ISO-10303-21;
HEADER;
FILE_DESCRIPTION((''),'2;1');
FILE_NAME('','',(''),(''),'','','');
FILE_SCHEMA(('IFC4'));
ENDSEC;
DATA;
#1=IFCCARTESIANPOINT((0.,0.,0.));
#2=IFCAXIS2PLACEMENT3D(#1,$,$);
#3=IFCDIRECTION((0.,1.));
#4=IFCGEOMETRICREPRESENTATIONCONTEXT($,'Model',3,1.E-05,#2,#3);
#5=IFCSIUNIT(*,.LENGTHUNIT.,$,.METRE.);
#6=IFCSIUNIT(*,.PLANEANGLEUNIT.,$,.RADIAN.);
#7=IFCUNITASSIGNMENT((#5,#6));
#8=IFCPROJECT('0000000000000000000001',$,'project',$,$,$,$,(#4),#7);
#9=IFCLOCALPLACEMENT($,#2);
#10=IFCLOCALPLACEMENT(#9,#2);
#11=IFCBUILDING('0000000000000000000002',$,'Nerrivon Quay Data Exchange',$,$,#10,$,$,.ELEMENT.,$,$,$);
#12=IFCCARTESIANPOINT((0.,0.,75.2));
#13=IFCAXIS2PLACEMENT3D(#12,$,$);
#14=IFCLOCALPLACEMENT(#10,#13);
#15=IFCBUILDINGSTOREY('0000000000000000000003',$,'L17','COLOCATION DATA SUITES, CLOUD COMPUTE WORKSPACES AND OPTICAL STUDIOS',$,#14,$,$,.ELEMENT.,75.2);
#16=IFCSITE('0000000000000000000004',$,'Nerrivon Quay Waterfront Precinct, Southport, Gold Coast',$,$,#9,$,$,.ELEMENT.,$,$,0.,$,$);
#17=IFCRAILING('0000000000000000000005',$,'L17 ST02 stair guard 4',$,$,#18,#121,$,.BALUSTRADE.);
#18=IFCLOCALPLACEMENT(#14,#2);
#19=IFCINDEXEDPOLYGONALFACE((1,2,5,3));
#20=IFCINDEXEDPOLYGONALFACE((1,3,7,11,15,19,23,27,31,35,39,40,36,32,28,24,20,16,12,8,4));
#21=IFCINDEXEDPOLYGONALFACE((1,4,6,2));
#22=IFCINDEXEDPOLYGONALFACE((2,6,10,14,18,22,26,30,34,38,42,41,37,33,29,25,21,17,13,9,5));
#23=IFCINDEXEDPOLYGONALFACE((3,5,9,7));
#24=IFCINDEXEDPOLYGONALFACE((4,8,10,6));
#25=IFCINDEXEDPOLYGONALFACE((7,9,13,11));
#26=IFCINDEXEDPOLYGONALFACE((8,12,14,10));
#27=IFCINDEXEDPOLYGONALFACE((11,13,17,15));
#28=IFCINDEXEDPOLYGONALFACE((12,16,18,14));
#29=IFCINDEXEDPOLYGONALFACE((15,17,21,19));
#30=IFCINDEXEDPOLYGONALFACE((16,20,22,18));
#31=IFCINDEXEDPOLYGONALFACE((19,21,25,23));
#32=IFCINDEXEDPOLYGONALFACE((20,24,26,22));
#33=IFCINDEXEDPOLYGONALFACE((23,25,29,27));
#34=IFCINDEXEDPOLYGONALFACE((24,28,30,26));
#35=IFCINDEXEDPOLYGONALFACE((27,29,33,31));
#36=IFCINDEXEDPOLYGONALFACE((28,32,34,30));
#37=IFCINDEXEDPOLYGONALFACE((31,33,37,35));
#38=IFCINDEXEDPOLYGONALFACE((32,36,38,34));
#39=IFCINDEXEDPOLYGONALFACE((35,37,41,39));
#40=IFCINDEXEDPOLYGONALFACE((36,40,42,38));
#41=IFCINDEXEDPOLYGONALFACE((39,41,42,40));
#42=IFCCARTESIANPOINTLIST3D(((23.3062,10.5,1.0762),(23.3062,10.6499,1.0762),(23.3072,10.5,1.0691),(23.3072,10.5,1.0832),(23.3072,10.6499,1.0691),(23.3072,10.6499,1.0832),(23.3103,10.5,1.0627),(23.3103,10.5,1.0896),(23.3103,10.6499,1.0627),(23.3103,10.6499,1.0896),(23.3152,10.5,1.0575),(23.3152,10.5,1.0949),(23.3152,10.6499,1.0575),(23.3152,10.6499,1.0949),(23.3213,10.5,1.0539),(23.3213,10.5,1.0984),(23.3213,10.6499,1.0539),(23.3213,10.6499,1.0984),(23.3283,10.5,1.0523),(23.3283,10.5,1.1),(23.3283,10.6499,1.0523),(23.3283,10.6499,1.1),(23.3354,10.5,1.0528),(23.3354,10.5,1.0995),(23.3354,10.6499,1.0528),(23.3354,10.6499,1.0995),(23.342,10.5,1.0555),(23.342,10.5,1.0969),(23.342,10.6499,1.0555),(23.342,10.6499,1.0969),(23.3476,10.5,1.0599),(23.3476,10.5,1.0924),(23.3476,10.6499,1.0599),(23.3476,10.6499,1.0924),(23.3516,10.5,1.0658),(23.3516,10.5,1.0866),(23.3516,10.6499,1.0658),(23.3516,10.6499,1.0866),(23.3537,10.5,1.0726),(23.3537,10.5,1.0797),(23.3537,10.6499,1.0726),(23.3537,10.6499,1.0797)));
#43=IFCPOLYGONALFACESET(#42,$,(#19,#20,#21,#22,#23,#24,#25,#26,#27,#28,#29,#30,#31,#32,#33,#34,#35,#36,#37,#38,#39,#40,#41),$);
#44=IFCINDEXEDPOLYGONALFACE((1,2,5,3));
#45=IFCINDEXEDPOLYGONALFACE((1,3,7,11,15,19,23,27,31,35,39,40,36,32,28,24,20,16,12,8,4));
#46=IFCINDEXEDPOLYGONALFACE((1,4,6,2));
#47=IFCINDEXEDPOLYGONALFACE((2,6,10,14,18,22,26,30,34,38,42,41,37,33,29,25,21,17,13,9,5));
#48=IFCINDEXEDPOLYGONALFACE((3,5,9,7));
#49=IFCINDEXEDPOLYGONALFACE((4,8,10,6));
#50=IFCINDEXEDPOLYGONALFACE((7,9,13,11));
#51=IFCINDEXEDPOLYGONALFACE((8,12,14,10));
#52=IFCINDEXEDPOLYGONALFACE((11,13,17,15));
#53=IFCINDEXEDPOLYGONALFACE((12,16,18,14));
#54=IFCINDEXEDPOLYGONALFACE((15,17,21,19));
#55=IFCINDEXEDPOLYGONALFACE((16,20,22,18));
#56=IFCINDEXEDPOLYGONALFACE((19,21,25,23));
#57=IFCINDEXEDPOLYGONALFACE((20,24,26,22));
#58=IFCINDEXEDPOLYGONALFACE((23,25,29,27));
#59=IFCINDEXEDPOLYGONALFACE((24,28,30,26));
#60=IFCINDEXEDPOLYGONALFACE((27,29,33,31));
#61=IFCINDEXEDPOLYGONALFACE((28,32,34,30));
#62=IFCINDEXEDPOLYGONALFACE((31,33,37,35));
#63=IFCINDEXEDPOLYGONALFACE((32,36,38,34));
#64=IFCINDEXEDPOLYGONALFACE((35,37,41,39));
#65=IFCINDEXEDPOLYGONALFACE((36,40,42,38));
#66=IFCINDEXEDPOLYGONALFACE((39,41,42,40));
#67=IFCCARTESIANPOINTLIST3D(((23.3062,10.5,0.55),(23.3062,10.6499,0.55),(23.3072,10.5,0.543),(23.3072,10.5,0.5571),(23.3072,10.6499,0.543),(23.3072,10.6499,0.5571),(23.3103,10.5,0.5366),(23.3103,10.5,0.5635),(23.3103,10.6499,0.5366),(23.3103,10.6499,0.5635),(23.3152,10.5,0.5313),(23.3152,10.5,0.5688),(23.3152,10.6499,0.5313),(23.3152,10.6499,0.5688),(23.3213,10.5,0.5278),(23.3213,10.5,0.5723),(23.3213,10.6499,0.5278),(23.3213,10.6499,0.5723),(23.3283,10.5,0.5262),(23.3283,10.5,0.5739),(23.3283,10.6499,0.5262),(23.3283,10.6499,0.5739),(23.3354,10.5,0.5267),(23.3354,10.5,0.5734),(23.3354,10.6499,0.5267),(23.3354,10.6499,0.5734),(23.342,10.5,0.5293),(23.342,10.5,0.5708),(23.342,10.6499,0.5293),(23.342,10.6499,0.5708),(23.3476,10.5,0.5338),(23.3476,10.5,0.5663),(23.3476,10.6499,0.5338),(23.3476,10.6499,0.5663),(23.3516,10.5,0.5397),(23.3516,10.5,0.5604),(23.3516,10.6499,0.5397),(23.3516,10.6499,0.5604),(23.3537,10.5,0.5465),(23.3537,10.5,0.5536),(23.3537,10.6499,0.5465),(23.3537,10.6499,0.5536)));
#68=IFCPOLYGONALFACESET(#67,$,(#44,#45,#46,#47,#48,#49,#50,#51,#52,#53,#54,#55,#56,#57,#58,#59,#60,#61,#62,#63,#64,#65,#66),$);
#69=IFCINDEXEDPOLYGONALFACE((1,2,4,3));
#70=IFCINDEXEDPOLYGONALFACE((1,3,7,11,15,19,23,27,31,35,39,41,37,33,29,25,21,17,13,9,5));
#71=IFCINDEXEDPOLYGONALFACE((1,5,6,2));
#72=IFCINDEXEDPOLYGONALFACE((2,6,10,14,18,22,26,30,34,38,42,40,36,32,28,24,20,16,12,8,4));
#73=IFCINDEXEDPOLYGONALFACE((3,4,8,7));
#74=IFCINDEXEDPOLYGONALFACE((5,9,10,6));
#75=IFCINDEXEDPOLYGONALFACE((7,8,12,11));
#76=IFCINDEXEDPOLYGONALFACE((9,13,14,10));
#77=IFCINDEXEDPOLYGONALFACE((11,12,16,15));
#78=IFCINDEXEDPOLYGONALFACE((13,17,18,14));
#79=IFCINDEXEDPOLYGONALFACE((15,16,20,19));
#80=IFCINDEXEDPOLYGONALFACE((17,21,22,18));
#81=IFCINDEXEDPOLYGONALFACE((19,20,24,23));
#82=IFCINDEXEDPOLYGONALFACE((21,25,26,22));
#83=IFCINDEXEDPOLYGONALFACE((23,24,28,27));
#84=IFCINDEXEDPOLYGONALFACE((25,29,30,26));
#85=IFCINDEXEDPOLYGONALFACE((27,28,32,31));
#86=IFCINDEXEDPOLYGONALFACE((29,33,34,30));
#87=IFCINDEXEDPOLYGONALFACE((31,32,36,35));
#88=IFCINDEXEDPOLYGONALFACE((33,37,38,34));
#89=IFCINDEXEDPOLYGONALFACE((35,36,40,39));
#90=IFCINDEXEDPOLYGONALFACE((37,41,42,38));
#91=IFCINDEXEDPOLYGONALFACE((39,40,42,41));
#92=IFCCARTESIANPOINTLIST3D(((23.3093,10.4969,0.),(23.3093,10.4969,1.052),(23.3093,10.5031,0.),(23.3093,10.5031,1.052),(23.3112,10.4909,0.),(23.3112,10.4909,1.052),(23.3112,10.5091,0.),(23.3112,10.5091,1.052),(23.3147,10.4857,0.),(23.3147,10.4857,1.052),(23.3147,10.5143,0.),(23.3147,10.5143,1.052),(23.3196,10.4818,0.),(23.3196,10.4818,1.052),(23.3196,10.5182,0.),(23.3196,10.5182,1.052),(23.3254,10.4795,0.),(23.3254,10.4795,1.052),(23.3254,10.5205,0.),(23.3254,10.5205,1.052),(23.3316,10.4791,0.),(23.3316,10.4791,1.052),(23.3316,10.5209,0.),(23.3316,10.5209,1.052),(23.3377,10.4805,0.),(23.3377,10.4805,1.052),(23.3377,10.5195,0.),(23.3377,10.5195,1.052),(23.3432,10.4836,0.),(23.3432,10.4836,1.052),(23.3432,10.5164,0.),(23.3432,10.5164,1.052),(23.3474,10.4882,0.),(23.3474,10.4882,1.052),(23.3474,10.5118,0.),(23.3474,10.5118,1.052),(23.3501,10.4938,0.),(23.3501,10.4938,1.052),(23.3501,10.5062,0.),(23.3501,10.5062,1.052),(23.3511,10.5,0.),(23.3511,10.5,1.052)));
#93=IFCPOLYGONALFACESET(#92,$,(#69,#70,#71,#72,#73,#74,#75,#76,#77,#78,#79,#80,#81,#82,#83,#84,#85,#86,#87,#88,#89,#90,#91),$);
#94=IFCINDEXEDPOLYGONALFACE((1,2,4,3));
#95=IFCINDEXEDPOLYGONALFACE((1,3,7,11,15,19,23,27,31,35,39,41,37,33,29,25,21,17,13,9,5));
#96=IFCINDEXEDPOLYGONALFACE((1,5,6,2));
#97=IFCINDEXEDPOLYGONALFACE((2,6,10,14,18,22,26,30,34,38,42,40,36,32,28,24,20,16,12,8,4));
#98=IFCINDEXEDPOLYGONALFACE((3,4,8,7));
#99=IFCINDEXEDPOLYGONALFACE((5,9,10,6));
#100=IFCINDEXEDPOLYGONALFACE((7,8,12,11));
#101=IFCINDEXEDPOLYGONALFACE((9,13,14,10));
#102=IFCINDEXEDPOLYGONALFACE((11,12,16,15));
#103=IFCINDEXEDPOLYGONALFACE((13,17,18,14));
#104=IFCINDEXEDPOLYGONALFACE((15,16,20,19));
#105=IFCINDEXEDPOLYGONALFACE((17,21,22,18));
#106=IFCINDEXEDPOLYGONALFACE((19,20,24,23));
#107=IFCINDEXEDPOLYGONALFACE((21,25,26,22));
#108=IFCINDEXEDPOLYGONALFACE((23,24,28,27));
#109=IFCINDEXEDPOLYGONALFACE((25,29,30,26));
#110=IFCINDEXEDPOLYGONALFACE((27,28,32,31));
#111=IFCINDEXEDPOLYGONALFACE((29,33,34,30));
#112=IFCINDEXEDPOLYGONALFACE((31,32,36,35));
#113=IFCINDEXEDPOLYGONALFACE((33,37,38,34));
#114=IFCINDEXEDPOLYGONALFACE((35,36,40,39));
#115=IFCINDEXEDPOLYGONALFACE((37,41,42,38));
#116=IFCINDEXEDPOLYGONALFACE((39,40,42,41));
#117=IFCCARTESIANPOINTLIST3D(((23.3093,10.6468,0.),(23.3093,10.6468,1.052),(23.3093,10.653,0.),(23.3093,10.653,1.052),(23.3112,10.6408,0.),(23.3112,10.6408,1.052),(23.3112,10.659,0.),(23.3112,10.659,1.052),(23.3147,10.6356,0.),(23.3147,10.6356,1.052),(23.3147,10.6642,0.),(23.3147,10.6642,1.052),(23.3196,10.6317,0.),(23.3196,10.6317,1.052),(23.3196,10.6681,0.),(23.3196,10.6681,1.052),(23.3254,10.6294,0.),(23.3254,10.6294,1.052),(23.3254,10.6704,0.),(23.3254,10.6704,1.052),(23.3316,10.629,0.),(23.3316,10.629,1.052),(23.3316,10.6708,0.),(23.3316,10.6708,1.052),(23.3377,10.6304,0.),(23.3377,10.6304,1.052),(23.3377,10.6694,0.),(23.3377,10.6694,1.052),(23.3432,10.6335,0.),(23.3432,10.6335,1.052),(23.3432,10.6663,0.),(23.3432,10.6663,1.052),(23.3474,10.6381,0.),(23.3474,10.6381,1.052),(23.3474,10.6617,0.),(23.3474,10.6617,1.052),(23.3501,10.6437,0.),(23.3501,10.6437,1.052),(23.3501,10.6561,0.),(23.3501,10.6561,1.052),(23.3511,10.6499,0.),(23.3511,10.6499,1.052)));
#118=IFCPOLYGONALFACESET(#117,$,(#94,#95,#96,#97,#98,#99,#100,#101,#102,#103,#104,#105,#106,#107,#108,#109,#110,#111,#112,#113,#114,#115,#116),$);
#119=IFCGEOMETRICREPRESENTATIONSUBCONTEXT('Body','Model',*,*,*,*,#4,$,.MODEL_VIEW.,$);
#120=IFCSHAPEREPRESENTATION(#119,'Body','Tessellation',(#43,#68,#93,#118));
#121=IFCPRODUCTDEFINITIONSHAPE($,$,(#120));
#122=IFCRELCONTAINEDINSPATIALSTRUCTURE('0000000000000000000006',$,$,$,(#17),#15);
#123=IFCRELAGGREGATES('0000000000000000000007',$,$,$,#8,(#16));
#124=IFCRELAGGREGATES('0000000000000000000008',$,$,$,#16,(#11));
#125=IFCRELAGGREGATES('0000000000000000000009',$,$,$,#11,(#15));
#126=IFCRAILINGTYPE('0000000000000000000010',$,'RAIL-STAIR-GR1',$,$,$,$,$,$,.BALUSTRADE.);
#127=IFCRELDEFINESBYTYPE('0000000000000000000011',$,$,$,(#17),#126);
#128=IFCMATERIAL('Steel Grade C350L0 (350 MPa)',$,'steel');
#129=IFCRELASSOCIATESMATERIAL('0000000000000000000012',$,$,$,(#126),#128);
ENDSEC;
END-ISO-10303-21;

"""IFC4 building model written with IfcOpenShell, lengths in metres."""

from ifc_helpers import new_model, si_unit, direction, frame, origin, origin_2d, place, context, subcontext, project, spatial, circle, extrude, material, type_object, element, save


model = new_model("IFC4")

# Units and contexts
model_context = context("Model", 3, precision=1e-05, world=origin(), true_north=direction((0.0, 1.0)))
body_context = subcontext(model_context, "Body", "Model", "MODEL_VIEW")
ifc_project = project(units=[si_unit("LENGTHUNIT", "METRE"), si_unit("PLANEANGLEUNIT", "RADIAN")], contexts=[model_context])

# Site, building, storey
site_placement = place(None, origin())
site = spatial("IfcSite", under=ifc_project, at=site_placement, Name="Nerrivon Quay Waterfront Precinct, Southport, Gold Coast", CompositionType="ELEMENT", RefElevation=0.0)
building_placement = place(site_placement, origin())
building = spatial("IfcBuilding", under=site, at=building_placement, Name="Nerrivon Quay Data Exchange", CompositionType="ELEMENT")
storey_placement = place(building_placement, frame((0.0, 0.0, 75.2)))
storey = spatial("IfcBuildingStorey", under=building, at=storey_placement, Name="L17", Description="COLOCATION DATA SUITES, CLOUD COMPUTE WORKSPACES AND OPTICAL STUDIOS", CompositionType="ELEMENT", Elevation=75.2)

# Railing
ifc_material_1 = material(Name="Steel Grade C350L0 (350 MPa)", Category="steel")
railing_type_1 = type_object("IfcRailingType", Name="RAIL-STAIR-GR1", PredefinedType="BALUSTRADE", material=ifc_material_1)
railing_1_placement = place(storey_placement, frame((23.3301, 10.5, 0.0)))
element("IfcRailing", 1, at=railing_1_placement, inside=storey, type_object=railing_type_1, Name="L17 ST02 stair guard 4", PredefinedType="BALUSTRADE", context=body_context, shape_type="SweptSolid", body=[
    extrude(circle(Radius=0.0239, at=origin_2d()), frame((0.0, 0.0, 1.0762), z_axis=(0.0, 1.0, 0.0), x_axis=(-1.0, 0.0, 0.0)), (0.0, 0.0, 1.0), 0.1499),
    extrude(circle(Radius=0.0239, at=origin_2d()), frame((0.0, 0.0, 0.55), z_axis=(0.0, 1.0, 0.0), x_axis=(-1.0, 0.0, 0.0)), (0.0, 0.0, 1.0), 0.1499),
    extrude(circle(Radius=0.021, at=origin_2d()), origin(), (0.0, 0.0, 1.0), 1.052),
    extrude(circle(Radius=0.021, at=origin_2d()), frame((0.0, 0.1499, 0.0)), (0.0, 0.0, 1.0), 1.052),
])

save(model, "model.ifc")
